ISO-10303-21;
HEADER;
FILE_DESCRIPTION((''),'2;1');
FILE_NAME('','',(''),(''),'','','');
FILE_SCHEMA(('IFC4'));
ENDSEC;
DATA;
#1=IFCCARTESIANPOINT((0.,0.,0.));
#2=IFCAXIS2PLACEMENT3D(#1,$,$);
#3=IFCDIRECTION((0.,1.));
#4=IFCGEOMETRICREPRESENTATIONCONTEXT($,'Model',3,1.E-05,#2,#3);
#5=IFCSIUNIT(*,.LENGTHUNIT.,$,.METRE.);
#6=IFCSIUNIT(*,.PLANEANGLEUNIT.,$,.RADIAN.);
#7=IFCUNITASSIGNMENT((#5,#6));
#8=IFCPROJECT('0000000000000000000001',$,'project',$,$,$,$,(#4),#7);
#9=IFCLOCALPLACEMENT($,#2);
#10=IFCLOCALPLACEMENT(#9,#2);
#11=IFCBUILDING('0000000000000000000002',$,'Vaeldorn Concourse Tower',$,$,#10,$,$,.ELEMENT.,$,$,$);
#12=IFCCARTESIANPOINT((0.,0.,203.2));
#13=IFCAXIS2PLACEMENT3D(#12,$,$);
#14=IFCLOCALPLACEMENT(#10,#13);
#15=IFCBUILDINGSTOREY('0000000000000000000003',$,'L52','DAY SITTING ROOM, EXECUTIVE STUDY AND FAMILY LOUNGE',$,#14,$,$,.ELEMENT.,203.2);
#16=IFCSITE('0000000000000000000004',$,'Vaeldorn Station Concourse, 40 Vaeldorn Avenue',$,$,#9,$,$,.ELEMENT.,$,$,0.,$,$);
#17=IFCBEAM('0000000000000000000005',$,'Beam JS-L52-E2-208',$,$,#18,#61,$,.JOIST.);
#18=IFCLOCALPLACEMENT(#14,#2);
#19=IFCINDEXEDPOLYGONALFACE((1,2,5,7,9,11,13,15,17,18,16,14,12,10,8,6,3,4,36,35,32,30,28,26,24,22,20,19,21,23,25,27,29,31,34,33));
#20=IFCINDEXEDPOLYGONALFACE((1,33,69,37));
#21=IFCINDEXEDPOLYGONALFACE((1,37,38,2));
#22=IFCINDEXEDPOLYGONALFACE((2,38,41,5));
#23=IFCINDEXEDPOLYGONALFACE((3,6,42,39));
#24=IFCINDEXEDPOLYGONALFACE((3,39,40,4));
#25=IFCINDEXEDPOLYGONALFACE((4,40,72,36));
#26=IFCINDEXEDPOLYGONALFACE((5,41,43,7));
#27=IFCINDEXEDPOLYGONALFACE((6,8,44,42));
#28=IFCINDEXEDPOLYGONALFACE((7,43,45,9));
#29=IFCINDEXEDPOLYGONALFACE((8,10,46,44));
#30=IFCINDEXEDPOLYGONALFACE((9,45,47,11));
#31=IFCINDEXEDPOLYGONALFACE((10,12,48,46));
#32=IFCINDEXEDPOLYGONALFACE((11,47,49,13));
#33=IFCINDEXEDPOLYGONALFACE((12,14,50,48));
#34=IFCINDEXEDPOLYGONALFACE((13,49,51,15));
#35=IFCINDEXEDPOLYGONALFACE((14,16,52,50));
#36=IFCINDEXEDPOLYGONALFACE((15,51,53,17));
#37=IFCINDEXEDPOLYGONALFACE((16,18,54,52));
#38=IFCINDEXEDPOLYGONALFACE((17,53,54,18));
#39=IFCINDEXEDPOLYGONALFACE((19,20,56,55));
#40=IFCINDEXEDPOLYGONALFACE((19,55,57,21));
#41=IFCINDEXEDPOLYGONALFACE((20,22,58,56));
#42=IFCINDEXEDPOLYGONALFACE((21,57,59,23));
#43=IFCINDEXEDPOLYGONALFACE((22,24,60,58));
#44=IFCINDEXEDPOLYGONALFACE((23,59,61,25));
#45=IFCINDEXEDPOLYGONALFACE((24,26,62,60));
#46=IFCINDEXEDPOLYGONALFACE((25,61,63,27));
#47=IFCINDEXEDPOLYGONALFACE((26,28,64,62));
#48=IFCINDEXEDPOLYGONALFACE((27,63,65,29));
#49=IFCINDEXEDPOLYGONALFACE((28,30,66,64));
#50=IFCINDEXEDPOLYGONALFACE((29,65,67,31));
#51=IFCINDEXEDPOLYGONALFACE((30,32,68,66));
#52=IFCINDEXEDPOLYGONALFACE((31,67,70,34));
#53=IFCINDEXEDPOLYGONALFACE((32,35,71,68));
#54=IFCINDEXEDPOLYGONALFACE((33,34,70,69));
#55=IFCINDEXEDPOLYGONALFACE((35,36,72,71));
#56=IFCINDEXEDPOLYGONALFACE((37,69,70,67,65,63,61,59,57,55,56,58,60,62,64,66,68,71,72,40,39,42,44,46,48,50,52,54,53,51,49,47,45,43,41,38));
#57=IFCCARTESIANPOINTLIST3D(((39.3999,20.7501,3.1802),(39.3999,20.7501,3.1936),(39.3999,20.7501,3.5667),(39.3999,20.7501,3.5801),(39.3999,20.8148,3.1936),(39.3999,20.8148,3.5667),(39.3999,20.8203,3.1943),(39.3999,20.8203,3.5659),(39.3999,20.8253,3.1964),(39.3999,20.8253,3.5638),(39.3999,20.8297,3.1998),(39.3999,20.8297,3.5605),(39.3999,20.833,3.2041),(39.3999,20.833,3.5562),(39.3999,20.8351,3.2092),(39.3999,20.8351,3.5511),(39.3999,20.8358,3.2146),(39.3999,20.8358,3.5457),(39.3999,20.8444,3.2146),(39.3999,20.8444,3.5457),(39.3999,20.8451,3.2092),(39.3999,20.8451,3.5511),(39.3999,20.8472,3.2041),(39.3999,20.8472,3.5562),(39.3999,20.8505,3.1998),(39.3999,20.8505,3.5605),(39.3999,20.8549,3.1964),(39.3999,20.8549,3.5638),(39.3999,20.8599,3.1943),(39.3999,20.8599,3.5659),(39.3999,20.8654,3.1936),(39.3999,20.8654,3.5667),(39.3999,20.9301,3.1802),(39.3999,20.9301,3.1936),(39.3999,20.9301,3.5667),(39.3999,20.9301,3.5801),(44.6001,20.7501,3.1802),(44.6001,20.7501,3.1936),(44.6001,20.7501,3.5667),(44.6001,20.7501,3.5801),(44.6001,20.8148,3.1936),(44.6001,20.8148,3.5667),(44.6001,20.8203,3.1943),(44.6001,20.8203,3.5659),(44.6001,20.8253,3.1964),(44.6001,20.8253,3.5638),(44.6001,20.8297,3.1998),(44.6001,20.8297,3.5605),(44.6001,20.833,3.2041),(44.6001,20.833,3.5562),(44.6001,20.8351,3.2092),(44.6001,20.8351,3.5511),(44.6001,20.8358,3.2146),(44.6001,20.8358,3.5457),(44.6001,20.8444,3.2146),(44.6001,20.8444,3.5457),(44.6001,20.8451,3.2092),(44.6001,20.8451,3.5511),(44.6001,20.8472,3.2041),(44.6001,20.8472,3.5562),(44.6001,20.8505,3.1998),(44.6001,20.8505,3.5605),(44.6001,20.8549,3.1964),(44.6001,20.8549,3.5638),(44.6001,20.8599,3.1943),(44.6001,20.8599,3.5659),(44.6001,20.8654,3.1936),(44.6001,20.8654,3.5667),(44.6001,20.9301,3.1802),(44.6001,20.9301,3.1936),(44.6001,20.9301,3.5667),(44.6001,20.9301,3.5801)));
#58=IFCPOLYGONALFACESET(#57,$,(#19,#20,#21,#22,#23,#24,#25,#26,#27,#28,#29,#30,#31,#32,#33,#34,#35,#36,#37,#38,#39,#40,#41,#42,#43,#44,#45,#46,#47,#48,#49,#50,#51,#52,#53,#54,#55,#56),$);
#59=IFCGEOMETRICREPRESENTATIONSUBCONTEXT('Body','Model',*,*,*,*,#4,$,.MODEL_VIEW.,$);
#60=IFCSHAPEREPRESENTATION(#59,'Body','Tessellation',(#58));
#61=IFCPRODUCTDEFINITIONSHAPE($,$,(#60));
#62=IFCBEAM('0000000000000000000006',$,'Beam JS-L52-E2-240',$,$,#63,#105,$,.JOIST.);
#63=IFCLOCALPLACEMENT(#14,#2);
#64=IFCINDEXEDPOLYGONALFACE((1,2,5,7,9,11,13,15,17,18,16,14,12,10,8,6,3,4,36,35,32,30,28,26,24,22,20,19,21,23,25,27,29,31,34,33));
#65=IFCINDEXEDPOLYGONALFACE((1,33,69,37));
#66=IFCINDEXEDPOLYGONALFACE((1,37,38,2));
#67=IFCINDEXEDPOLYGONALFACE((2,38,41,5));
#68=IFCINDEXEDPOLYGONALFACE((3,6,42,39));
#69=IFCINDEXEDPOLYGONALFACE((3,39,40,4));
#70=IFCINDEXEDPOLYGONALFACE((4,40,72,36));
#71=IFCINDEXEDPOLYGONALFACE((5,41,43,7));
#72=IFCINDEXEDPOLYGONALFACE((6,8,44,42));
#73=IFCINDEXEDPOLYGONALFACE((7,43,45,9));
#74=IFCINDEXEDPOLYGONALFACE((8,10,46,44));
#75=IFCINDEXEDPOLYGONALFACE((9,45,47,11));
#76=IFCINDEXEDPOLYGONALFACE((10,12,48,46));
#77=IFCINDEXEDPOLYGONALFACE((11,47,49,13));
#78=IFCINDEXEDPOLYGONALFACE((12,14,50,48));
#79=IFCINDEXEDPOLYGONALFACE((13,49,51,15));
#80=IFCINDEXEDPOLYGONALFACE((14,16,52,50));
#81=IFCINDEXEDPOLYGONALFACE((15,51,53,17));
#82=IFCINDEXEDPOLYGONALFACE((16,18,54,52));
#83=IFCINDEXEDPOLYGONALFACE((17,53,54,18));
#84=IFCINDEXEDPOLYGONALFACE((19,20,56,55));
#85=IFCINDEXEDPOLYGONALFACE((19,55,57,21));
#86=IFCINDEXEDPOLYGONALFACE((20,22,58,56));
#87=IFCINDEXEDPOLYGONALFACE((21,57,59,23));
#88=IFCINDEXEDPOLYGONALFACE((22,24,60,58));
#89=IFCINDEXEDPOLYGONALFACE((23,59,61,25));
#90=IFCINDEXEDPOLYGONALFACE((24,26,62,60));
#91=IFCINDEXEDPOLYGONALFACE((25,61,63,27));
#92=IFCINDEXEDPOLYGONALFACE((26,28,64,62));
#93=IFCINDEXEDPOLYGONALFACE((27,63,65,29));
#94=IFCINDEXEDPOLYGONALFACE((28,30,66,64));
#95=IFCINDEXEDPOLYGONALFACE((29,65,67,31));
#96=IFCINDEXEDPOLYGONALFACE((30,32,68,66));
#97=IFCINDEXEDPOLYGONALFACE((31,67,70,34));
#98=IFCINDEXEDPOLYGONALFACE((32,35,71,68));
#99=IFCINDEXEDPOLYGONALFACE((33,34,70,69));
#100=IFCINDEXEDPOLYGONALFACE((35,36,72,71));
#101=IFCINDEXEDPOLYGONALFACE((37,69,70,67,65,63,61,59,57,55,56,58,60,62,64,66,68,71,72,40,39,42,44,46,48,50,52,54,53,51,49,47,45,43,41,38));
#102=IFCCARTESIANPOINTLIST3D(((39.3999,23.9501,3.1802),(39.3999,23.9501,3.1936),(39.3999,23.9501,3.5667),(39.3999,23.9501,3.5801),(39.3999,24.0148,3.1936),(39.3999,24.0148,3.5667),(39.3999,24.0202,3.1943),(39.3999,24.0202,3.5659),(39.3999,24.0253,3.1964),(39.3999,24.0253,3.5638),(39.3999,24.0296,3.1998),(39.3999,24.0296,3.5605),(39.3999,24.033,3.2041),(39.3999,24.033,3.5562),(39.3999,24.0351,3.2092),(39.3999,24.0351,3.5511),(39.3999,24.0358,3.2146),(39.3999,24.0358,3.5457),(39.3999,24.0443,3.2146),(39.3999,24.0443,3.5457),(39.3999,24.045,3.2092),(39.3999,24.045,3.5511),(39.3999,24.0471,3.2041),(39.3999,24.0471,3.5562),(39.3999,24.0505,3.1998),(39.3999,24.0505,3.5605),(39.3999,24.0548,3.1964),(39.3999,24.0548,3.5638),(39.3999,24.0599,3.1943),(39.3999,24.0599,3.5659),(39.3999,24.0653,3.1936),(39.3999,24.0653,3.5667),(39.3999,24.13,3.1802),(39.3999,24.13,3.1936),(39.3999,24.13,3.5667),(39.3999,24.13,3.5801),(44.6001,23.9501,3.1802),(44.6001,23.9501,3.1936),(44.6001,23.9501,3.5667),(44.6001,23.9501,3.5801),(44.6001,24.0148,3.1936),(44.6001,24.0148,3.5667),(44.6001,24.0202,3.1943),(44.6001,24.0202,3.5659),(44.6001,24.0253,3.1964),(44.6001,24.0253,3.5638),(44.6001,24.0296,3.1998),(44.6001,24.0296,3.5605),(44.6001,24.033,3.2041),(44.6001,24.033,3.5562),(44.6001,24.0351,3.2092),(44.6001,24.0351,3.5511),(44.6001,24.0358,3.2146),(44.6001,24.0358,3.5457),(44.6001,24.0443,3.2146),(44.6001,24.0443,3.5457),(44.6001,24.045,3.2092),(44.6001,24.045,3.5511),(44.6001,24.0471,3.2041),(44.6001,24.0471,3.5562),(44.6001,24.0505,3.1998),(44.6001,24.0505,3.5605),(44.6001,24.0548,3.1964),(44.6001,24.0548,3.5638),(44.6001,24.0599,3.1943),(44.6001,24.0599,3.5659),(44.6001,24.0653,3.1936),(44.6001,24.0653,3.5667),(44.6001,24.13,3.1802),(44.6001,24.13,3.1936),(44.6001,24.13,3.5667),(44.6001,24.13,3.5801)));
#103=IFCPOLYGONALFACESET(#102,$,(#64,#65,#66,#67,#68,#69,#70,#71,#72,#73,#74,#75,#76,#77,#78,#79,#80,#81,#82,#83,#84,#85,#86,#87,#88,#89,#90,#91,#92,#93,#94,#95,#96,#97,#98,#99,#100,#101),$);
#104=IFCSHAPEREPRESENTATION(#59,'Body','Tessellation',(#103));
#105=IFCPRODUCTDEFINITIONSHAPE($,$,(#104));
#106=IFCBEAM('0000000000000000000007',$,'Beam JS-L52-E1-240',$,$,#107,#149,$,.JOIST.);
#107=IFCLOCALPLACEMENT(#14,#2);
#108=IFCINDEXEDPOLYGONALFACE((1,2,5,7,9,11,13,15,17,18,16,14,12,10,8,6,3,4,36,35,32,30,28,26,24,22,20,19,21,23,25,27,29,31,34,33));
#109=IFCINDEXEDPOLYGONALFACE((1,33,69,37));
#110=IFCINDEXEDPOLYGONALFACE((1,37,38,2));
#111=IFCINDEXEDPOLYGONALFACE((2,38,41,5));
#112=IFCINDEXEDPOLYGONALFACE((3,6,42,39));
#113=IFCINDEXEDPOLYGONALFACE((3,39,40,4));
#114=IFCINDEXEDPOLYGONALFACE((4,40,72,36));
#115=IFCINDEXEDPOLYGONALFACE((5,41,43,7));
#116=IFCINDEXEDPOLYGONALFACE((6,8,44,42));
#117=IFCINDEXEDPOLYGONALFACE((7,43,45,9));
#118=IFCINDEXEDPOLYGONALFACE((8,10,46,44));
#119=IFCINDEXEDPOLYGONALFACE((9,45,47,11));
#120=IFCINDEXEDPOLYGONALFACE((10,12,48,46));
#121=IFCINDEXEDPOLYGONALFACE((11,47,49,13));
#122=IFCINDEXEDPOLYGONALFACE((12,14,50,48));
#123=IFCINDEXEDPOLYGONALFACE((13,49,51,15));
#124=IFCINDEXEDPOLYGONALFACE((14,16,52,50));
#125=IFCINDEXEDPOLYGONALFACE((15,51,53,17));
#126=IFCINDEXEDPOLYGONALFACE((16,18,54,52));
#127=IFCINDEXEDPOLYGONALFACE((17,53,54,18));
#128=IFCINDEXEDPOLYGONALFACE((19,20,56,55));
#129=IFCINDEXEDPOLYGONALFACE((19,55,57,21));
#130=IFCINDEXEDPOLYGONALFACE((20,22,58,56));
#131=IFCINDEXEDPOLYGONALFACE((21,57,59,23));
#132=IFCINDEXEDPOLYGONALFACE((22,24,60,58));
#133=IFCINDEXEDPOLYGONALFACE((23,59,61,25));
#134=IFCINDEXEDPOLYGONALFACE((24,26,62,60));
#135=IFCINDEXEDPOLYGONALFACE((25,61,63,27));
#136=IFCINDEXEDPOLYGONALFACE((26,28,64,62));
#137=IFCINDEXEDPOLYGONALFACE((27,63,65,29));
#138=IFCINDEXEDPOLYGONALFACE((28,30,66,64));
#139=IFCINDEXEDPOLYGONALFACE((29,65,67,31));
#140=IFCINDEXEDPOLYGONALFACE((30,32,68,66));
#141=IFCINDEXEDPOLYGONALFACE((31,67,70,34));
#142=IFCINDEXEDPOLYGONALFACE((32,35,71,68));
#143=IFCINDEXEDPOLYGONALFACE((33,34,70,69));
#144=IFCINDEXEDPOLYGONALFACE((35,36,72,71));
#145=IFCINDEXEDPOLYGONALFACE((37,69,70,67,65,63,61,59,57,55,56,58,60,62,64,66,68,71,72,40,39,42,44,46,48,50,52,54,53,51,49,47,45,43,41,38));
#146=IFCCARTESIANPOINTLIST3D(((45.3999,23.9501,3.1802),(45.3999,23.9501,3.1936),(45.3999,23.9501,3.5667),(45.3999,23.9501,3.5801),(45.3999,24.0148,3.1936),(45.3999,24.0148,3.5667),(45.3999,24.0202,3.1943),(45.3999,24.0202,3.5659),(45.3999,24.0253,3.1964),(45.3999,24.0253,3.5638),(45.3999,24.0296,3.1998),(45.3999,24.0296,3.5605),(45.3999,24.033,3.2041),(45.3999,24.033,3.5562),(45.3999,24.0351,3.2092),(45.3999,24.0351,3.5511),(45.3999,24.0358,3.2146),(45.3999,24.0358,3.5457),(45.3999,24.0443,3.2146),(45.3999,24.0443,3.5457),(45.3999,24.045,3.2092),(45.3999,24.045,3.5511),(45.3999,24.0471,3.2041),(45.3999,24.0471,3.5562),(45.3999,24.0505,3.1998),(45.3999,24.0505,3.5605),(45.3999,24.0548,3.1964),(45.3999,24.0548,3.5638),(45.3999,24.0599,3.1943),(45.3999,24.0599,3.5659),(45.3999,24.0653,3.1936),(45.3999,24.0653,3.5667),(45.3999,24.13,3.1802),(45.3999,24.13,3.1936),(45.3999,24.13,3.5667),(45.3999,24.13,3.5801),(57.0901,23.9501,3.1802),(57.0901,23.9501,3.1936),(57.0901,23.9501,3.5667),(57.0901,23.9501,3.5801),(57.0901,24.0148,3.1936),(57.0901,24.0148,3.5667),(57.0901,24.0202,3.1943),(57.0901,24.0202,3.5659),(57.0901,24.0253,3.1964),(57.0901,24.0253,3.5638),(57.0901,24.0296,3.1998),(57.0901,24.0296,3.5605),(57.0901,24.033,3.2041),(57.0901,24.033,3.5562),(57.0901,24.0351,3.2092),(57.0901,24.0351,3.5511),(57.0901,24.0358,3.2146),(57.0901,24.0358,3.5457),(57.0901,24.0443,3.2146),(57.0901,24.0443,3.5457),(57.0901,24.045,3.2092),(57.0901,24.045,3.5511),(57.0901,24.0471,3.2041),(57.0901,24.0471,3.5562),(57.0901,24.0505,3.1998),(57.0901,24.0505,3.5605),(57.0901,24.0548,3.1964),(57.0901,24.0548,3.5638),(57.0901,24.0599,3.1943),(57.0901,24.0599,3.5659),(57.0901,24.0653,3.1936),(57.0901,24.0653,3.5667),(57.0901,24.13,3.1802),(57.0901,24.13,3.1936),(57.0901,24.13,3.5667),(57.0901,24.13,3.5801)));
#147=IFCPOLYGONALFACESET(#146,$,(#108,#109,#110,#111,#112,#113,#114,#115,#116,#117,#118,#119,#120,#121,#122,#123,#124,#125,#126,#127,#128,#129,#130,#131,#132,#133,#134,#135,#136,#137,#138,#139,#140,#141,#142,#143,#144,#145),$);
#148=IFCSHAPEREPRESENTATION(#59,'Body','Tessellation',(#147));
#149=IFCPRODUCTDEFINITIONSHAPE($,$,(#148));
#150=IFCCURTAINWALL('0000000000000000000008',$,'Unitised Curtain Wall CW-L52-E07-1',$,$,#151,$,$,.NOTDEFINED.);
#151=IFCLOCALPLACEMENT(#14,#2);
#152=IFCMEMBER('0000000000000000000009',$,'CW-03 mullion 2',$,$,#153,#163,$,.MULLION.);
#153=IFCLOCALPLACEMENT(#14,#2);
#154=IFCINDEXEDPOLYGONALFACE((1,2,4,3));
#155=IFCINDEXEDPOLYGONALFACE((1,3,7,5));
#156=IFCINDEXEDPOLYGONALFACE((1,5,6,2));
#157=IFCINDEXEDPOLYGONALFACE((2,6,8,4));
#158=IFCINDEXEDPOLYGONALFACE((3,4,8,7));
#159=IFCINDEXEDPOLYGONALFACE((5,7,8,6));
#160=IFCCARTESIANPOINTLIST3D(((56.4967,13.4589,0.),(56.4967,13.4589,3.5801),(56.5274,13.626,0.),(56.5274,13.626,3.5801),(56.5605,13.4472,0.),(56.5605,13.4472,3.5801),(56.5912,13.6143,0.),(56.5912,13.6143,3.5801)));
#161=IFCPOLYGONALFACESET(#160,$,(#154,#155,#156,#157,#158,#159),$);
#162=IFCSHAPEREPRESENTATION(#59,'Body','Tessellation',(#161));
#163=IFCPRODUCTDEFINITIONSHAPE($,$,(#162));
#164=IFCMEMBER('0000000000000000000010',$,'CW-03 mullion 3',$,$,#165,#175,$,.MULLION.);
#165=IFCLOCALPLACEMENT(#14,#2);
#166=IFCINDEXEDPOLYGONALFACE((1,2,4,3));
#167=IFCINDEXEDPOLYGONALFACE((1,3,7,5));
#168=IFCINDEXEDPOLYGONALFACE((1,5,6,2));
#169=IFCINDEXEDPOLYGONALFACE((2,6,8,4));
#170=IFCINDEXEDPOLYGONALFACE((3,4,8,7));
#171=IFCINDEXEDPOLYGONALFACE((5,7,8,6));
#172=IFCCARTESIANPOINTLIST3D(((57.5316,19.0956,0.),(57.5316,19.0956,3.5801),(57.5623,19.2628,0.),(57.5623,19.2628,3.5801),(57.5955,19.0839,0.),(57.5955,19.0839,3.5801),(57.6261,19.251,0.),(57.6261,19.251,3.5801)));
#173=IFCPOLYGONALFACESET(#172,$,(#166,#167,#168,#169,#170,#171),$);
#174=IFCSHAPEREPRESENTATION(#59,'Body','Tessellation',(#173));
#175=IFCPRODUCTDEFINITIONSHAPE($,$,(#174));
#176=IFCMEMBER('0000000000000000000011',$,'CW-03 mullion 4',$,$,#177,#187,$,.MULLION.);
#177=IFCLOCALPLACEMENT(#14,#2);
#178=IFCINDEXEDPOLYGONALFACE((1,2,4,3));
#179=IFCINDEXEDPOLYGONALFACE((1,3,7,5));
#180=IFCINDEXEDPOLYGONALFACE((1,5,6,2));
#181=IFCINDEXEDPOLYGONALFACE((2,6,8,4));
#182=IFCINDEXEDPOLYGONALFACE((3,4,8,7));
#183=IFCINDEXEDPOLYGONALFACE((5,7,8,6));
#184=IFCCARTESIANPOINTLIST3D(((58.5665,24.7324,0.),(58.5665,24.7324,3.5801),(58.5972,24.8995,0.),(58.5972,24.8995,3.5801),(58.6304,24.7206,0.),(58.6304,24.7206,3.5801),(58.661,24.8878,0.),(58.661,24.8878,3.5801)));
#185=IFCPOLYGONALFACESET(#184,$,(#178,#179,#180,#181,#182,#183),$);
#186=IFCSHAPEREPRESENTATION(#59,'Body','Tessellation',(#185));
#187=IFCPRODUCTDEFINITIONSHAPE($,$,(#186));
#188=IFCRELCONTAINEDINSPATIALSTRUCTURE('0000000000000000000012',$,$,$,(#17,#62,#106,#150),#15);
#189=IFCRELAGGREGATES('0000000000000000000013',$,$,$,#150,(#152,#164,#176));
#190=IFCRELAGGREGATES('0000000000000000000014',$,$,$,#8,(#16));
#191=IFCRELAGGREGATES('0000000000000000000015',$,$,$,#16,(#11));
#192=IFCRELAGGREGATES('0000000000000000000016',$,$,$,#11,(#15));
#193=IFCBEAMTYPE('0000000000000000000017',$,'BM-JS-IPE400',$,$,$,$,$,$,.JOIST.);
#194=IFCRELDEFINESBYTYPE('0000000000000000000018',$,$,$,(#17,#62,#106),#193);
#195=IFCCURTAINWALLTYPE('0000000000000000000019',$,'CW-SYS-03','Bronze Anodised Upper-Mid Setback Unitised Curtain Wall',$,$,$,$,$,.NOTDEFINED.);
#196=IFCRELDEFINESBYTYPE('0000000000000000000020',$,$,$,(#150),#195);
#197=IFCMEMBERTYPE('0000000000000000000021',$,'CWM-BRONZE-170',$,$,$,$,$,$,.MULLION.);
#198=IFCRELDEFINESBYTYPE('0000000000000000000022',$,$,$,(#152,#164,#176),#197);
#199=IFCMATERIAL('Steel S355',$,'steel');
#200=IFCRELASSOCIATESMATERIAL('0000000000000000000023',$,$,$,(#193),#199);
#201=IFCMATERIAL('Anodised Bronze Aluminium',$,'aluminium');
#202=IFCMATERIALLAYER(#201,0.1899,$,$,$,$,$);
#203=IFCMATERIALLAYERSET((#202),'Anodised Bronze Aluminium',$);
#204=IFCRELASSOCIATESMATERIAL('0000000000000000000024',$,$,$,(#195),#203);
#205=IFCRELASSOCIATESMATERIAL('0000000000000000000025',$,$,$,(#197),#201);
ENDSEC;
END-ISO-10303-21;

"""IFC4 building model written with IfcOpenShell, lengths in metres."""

from ifc_helpers import new_model, si_unit, direction, frame, origin, origin_2d, place, context, subcontext, project, spatial, rectangle, i_section, extrude, source, transform, mapped, material, layer, layer_set, material_profile, profile_set, type_object, element, aggregate, save


model = new_model("IFC4")

# Units and contexts
model_context = context("Model", 3, precision=1e-05, world=origin(), true_north=direction((0.0, 1.0)))
body_context = subcontext(model_context, "Body", "Model", "MODEL_VIEW")
ifc_project = project(units=[si_unit("LENGTHUNIT", "METRE"), si_unit("PLANEANGLEUNIT", "RADIAN")], contexts=[model_context])

# Site, building, storey
site_placement = place(None, origin())
site = spatial("IfcSite", under=ifc_project, at=site_placement, Name="Vaeldorn Station Concourse, 40 Vaeldorn Avenue", CompositionType="ELEMENT", RefElevation=0.0)
building_placement = place(site_placement, origin())
building = spatial("IfcBuilding", under=site, at=building_placement, Name="Vaeldorn Concourse Tower", CompositionType="ELEMENT")
storey_placement = place(building_placement, frame((0.0, 0.0, 203.2)))
storey = spatial("IfcBuildingStorey", under=building, at=storey_placement, Name="L52", Description="DAY SITTING ROOM, EXECUTIVE STUDY AND FAMILY LOUNGE", CompositionType="ELEMENT", Elevation=203.2)

# Shared definitions
ifc_material_1 = material(Name="Steel S355", Category="steel")

# Beams
ifc_material_profile_1 = material_profile(ifc_material_1, i_section(OverallWidth=0.1799, OverallDepth=0.3999, WebThickness=0.0085, FlangeThickness=0.0134, FilletRadius=0.021, at=origin_2d()), Name="IPE 400")
ifc_profile_set_1 = profile_set([ifc_material_profile_1], Name="Steel S355")
beam_type_1 = type_object("IfcBeamType", Name="BM-JS-IPE400", PredefinedType="JOIST", material=ifc_profile_set_1)
shared_shape_1 = source(origin(), body_context, "Body", "SweptSolid", [
    extrude(i_section(OverallWidth=0.1799, OverallDepth=0.3999, WebThickness=0.0085, FlangeThickness=0.0134, FilletRadius=0.021, at=origin_2d()), origin(), (0.0, 0.0, 1.0), 5.2002),
])
for number, where, z_axis, x_axis, name in (
    (1, (39.3999, 20.8401, 3.3801), (1.0, 0.0, 0.0), (0.0, 1.0, 0.0), "Beam JS-L52-E2-208"),
    (2, (39.3999, 24.04, 3.3801), (1.0, 0.0, 0.0), (0.0, 1.0, 0.0), "Beam JS-L52-E2-240"),
):
    element("IfcBeam", number, at=place(storey_placement, frame(where, z_axis=z_axis, x_axis=x_axis)), inside=storey, type_object=beam_type_1, Name=name, PredefinedType="JOIST", context=body_context, shape_type="MappedRepresentation", body=[
        mapped(shared_shape_1, transform((0.0, 0.0, 0.0), scale=1.0)),
    ])
shared_shape_2 = source(origin(), body_context, "Body", "SweptSolid", [
    extrude(i_section(OverallWidth=0.1799, OverallDepth=0.3999, WebThickness=0.0085, FlangeThickness=0.0134, FilletRadius=0.021, at=origin_2d()), origin(), (0.0, 0.0, 1.0), 11.6902),
])
beam_1_placement = place(storey_placement, frame((45.3999, 24.04, 3.3801), z_axis=(1.0, 0.0, 0.0), x_axis=(0.0, 1.0, 0.0)))
element("IfcBeam", 3, at=beam_1_placement, inside=storey, type_object=beam_type_1, Name="Beam JS-L52-E1-240", PredefinedType="JOIST", context=body_context, shape_type="MappedRepresentation", body=[
    mapped(shared_shape_2, transform((0.0, 0.0, 0.0), scale=1.0)),
])

# Curtain wall, members
ifc_material_2 = material(Name="Anodised Bronze Aluminium", Category="aluminium")
ifc_layer_1 = layer(ifc_material_2, 0.1899)
ifc_layer_set_1 = layer_set([ifc_layer_1], Name="Anodised Bronze Aluminium")
curtain_wall_type = type_object("IfcCurtainWallType", Name="CW-SYS-03", Description="Bronze Anodised Upper-Mid Setback Unitised Curtain Wall", PredefinedType="NOTDEFINED", material=ifc_layer_set_1)
curtain_wall_placement = place(storey_placement, origin())
curtain_wall = element("IfcCurtainWall", 4, at=curtain_wall_placement, inside=storey, type_object=curtain_wall_type, Name="Unitised Curtain Wall CW-L52-E07-1", PredefinedType="NOTDEFINED")
ifc_material_profile_2 = material_profile(ifc_material_2, rectangle(XDim=0.0649, YDim=0.1699, at=origin_2d()), Name="CWM 65x170")
ifc_profile_set_2 = profile_set([ifc_material_profile_2], Name="Anodised Bronze Aluminium")
member_type_1 = type_object("IfcMemberType", Name="CWM-BRONZE-170", PredefinedType="MULLION", material=ifc_profile_set_2)
shared_shape_3 = source(origin(), body_context, "Body", "SweptSolid", [
    extrude(rectangle(XDim=0.0649, YDim=0.1699, at=origin_2d()), origin(), (0.0, 0.0, 1.0), 3.5801),
])
member_1_placement = place(storey_placement, frame((56.5439, 13.5366, 0.0), z_axis=(0.0, 0.0, 1.0), x_axis=(-0.983559, 0.180585, 0.0)))
member_1 = element("IfcMember", 5, at=member_1_placement, type_object=member_type_1, Name="CW-03 mullion 2", PredefinedType="MULLION", context=body_context, shape_type="MappedRepresentation", body=[
    mapped(shared_shape_3, transform((0.0, 0.0, 0.0), scale=1.0)),
])
member_2_placement = place(storey_placement, frame((57.5789, 19.1733, 0.0), z_axis=(0.0, 0.0, 1.0), x_axis=(-0.983559, 0.180585, 0.0)))
member_2 = element("IfcMember", 6, at=member_2_placement, type_object=member_type_1, Name="CW-03 mullion 3", PredefinedType="MULLION", context=body_context, shape_type="MappedRepresentation", body=[
    mapped(shared_shape_3, transform((0.0, 0.0, 0.0), scale=1.0)),
])
member_3_placement = place(storey_placement, frame((58.6138, 24.8101, 0.0), z_axis=(0.0, 0.0, 1.0), x_axis=(-0.983559, 0.180585, 0.0)))
member_3 = element("IfcMember", 7, at=member_3_placement, type_object=member_type_1, Name="CW-03 mullion 4", PredefinedType="MULLION", context=body_context, shape_type="MappedRepresentation", body=[
    mapped(shared_shape_3, transform((0.0, 0.0, 0.0), scale=1.0)),
])
aggregate(curtain_wall, [member_1, member_2, member_3])

save(model, "model.ifc")
